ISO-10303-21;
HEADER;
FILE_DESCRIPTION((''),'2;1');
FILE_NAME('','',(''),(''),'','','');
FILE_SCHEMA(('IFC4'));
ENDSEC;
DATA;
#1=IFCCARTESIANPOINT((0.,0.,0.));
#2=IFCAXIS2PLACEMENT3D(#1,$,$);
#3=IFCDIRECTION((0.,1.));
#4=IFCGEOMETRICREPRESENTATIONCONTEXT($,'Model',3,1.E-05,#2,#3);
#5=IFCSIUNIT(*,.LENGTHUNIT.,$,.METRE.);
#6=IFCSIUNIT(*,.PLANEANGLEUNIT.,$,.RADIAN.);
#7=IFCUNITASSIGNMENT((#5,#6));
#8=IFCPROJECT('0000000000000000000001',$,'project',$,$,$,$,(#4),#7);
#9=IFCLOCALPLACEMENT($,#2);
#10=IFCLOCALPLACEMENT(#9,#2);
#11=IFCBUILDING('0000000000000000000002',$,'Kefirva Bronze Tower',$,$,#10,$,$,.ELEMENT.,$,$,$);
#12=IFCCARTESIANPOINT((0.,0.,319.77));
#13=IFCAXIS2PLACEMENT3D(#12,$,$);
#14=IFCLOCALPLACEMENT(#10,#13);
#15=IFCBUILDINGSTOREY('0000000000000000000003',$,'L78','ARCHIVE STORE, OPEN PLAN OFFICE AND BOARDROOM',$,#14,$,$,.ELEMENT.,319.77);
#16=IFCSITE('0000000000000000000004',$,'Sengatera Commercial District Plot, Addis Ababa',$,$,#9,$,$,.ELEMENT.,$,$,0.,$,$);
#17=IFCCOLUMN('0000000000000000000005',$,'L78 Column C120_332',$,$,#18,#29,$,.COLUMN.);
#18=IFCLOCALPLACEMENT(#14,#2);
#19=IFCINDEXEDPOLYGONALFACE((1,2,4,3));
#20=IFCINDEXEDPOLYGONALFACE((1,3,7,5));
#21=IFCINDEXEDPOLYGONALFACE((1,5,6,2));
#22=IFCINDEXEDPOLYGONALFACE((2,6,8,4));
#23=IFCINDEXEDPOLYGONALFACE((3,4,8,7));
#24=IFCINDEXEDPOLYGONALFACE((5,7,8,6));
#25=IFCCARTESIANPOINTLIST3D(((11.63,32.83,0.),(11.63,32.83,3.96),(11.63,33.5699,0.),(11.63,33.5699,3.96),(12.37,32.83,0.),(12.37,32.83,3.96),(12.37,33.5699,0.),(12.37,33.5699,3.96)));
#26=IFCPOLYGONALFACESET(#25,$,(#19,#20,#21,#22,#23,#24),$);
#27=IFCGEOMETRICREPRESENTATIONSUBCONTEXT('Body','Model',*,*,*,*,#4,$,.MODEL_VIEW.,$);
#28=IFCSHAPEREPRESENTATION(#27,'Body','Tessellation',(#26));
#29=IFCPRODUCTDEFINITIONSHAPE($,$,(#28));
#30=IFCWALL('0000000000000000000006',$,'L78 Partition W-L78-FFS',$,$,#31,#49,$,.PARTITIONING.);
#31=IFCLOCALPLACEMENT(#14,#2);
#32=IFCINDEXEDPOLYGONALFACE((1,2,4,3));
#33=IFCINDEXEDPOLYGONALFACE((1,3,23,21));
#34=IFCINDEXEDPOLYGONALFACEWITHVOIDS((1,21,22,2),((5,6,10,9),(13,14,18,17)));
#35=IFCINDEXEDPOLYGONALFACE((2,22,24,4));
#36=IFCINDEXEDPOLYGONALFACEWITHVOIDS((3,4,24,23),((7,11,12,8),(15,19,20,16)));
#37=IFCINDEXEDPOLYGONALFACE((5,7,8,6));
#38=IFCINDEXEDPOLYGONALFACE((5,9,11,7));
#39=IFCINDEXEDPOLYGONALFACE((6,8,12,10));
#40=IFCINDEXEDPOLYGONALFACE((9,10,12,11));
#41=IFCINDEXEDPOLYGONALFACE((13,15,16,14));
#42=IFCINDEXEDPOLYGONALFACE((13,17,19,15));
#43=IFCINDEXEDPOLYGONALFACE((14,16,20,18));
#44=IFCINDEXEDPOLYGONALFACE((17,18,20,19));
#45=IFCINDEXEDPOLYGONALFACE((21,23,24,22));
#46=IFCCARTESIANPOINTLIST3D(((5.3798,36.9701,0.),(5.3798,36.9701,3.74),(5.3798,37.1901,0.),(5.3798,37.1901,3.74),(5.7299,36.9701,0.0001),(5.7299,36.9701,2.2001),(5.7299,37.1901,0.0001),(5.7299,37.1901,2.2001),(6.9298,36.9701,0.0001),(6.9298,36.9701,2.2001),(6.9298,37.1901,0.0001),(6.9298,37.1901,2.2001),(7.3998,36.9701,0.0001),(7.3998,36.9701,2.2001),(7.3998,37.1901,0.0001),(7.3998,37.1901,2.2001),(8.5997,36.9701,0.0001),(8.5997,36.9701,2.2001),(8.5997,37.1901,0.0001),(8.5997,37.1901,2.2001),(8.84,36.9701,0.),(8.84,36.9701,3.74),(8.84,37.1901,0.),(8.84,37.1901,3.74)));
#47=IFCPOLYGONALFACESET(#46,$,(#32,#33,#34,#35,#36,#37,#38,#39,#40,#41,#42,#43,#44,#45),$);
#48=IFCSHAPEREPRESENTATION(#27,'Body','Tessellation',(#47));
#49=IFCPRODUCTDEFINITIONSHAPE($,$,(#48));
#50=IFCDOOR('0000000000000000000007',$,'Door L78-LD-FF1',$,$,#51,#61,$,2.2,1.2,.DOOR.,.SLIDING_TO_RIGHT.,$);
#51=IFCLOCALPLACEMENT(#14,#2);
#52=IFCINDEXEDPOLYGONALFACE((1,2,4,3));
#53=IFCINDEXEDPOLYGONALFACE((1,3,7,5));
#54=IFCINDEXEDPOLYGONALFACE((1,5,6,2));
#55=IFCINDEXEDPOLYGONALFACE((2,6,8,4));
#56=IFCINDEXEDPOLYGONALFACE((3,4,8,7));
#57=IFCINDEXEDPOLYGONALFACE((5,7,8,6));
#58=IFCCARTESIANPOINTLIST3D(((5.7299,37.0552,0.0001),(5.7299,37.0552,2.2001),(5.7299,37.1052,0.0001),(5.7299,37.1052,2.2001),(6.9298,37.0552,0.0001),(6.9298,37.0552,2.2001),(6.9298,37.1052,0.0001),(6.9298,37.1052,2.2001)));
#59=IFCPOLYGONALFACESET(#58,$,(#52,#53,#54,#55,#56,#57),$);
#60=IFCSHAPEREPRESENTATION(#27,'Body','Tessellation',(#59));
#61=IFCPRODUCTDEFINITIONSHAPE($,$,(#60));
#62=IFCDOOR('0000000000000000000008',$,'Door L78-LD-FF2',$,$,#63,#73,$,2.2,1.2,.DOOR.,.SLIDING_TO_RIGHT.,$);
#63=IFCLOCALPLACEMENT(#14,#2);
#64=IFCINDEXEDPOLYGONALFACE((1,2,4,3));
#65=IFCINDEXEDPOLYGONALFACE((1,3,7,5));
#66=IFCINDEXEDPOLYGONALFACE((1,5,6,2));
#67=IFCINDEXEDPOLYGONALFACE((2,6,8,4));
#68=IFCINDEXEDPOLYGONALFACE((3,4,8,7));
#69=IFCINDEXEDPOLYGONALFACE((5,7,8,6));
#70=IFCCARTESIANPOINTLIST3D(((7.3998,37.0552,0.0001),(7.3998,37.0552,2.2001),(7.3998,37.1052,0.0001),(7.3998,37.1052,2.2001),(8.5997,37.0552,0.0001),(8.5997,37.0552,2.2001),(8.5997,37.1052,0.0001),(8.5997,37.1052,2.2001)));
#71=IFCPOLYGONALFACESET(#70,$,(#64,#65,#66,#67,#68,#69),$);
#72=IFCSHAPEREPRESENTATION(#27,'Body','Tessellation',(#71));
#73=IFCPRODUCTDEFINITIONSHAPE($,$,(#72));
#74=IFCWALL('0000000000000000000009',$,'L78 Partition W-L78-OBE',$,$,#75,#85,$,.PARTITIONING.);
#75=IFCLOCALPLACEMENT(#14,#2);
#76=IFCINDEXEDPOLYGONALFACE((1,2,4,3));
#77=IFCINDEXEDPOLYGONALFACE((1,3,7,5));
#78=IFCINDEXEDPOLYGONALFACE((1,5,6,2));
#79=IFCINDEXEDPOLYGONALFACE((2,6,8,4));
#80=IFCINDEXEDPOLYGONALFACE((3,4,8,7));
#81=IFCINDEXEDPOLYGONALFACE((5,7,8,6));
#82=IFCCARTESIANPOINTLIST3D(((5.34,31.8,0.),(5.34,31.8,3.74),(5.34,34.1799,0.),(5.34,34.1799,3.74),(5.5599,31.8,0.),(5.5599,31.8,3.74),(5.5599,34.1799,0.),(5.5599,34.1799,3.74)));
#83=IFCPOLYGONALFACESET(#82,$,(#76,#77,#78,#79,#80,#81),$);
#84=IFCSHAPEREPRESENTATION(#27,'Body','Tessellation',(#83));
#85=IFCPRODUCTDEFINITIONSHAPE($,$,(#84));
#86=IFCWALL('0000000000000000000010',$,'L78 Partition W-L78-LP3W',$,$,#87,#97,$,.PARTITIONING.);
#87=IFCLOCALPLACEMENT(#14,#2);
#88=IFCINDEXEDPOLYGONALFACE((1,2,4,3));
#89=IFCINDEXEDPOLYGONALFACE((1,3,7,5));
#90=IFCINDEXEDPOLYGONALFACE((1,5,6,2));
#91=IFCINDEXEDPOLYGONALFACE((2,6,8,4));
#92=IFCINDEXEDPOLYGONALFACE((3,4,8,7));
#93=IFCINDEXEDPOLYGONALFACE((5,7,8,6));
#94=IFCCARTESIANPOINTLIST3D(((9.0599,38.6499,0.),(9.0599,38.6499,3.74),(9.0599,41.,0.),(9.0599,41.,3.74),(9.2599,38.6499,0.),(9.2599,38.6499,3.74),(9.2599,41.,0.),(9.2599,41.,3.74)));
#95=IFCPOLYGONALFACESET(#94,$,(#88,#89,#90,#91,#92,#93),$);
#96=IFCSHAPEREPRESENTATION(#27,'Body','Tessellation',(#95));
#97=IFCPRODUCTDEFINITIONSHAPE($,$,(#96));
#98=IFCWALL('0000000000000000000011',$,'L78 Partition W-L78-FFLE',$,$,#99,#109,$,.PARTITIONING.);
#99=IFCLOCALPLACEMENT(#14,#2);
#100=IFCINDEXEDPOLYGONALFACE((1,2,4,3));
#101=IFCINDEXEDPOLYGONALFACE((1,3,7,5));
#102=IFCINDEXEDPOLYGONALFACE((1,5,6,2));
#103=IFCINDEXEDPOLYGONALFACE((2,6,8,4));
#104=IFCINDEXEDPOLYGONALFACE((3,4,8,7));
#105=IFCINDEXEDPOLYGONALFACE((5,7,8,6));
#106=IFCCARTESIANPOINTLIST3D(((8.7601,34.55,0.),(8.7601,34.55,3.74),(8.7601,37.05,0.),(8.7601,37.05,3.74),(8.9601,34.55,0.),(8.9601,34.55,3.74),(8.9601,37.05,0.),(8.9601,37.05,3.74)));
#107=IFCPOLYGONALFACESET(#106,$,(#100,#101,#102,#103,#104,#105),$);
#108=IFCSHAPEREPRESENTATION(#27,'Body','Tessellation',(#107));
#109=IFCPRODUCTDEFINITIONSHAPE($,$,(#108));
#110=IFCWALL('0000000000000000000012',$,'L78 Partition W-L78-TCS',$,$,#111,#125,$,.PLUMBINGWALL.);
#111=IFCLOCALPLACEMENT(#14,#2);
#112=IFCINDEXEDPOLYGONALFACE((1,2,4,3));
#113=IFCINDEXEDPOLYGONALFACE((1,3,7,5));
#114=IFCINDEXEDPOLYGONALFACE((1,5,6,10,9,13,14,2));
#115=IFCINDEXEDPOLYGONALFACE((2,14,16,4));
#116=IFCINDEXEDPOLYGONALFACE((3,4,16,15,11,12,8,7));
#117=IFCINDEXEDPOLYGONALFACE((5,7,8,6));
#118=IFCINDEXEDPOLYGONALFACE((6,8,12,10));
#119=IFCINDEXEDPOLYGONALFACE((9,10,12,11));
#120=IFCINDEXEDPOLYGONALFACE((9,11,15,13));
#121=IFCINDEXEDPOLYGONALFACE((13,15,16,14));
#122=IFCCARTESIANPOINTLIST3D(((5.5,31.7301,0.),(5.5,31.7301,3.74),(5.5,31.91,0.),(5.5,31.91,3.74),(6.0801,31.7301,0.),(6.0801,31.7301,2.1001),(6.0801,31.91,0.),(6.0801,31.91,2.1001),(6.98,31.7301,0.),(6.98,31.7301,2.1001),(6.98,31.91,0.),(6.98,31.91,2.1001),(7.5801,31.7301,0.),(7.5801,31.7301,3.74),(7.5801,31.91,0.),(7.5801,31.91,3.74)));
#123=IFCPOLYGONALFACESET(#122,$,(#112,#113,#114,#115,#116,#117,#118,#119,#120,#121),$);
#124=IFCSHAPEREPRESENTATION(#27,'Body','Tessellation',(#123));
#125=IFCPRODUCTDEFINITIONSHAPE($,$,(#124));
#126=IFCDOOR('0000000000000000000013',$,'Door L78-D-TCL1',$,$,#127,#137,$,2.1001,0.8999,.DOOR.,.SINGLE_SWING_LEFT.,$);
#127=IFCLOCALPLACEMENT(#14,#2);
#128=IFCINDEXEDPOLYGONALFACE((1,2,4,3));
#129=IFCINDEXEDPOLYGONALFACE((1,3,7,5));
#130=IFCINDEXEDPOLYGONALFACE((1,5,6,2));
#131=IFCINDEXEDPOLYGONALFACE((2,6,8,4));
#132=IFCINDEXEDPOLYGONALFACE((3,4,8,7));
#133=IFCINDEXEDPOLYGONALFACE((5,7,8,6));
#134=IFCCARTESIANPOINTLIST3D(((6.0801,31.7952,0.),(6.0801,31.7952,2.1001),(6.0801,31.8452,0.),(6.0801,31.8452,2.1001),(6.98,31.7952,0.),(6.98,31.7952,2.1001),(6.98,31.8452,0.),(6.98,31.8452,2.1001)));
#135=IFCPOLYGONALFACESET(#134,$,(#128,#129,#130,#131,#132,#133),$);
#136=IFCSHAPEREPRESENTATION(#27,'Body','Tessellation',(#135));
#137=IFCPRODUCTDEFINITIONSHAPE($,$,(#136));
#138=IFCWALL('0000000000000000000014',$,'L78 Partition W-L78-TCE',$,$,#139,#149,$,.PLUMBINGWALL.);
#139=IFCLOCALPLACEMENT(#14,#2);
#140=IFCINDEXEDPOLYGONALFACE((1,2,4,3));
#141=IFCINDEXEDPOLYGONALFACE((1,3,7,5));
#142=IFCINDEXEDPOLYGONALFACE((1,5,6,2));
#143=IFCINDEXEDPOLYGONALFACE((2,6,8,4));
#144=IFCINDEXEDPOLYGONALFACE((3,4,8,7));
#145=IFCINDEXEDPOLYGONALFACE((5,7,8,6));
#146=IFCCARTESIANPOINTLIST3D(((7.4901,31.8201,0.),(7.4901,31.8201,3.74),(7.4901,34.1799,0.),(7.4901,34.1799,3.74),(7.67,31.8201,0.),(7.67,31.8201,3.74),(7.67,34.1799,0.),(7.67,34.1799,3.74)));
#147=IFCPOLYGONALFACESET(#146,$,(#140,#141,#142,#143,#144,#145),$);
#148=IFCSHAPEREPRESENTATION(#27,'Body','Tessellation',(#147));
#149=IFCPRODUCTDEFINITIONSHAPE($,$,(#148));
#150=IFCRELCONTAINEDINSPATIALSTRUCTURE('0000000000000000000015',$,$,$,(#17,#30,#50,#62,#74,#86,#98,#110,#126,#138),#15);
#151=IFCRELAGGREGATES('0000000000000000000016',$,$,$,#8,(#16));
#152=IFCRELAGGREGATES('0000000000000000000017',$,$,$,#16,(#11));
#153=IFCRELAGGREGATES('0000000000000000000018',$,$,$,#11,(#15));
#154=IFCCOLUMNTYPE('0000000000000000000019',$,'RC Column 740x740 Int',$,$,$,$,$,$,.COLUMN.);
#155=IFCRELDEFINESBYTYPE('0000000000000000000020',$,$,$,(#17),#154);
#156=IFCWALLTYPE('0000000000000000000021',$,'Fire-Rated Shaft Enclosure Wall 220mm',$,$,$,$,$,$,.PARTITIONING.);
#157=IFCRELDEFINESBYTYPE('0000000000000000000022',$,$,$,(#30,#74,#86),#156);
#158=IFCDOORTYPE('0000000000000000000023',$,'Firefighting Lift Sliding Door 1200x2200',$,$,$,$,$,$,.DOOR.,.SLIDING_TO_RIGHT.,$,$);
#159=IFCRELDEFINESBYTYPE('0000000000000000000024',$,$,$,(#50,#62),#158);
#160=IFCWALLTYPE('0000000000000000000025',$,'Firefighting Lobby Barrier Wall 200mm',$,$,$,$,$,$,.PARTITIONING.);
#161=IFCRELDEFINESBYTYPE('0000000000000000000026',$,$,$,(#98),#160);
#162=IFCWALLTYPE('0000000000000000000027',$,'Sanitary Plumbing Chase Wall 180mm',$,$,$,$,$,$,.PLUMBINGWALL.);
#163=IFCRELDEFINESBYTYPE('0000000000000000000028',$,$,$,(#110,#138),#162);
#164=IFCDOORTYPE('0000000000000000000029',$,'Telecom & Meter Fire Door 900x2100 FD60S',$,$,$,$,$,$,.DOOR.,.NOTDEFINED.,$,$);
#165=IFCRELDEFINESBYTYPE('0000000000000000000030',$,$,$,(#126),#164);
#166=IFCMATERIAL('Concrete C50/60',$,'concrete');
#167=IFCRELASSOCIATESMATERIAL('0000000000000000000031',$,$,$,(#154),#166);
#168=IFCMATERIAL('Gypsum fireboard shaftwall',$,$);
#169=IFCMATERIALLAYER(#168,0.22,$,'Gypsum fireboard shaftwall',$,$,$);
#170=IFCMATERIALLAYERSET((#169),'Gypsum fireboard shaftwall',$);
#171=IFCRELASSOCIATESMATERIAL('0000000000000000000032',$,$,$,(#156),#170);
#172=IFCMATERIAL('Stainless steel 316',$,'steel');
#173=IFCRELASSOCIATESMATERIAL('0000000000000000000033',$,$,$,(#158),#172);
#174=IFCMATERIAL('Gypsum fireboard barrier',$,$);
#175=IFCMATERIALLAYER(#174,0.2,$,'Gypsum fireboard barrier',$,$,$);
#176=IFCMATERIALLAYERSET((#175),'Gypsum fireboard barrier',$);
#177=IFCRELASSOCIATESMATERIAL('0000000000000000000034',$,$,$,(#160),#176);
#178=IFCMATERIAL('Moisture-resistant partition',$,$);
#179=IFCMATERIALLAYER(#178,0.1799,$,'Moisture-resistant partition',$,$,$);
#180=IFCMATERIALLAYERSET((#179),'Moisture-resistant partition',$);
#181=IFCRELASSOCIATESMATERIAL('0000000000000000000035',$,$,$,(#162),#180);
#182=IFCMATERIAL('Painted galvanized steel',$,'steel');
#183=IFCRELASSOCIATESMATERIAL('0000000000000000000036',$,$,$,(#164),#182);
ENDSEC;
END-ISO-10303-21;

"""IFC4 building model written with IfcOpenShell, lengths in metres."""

from ifc_helpers import new_model, si_unit, direction, frame, frame_2d, origin, origin_2d, place, context, subcontext, project, spatial, rectangle, extrude, material, layer, layer_set, material_profile, profile_set, type_object, element, fill, save


model = new_model("IFC4")

# Units and contexts
model_context = context("Model", 3, precision=1e-05, world=origin(), true_north=direction((0.0, 1.0)))
body_context = subcontext(model_context, "Body", "Model", "MODEL_VIEW")
ifc_project = project(units=[si_unit("LENGTHUNIT", "METRE"), si_unit("PLANEANGLEUNIT", "RADIAN")], contexts=[model_context])

# Site, building, storey
site_placement = place(None, origin())
site = spatial("IfcSite", under=ifc_project, at=site_placement, Name="Sengatera Commercial District Plot, Addis Ababa", CompositionType="ELEMENT", RefElevation=0.0)
building_placement = place(site_placement, origin())
building = spatial("IfcBuilding", under=site, at=building_placement, Name="Kefirva Bronze Tower", CompositionType="ELEMENT")
storey_placement = place(building_placement, frame((0.0, 0.0, 319.77)))
storey = spatial("IfcBuildingStorey", under=building, at=storey_placement, Name="L78", Description="ARCHIVE STORE, OPEN PLAN OFFICE AND BOARDROOM", CompositionType="ELEMENT", Elevation=319.77)

# Column
ifc_material_1 = material(Name="Concrete C50/60", Category="concrete")
ifc_material_profile = material_profile(ifc_material_1, rectangle(XDim=0.74, YDim=0.74, at=origin_2d()), Name="RC 740x740")
ifc_profile_set = profile_set([ifc_material_profile], Name="Concrete C50/60")
column_type = type_object("IfcColumnType", Name="RC Column 740x740 Int", PredefinedType="COLUMN", material=ifc_profile_set)
column_placement = place(storey_placement, frame((12.0, 33.2, 0.0), z_axis=(0.0, 0.0, 1.0), x_axis=(1.0, 0.0, 0.0)))
element("IfcColumn", 1, at=column_placement, inside=storey, type_object=column_type, Name="L78 Column C120_332", PredefinedType="COLUMN", context=body_context, shape_type="SweptSolid", body=[
    extrude(rectangle(XDim=0.74, YDim=0.74, at=origin_2d()), origin(), (0.0, 0.0, 1.0), 3.96),
])

# Wall, openings, doors
ifc_material_2 = material(Name="Gypsum fireboard shaftwall")
ifc_layer_1 = layer(ifc_material_2, 0.22, Name="Gypsum fireboard shaftwall")
ifc_layer_set_1 = layer_set([ifc_layer_1], Name="Gypsum fireboard shaftwall")
wall_type_1 = type_object("IfcWallType", Name="Fire-Rated Shaft Enclosure Wall 220mm", PredefinedType="PARTITIONING", material=ifc_layer_set_1)
wall_1_placement = place(storey_placement, frame((5.3799, 37.0801, 0.0), z_axis=(0.0, 0.0, 1.0), x_axis=(1.0, 0.0, 0.0)))
wall_1 = element("IfcWall", 2, at=wall_1_placement, inside=storey, type_object=wall_type_1, Name="L78 Partition W-L78-FFS", PredefinedType="PARTITIONING", context=body_context, shape_type="SweptSolid", body=[
    extrude(rectangle(XDim=3.4602, YDim=0.22, at=frame_2d((1.73, 0.0))), origin(), (0.0, 0.0, 1.0), 3.74),
])
opening_1_placement = place(wall_1_placement, frame((1.55, 0.0, 0.0), z_axis=(0.0, 0.0, 1.0), x_axis=(-1.0, 0.0, 0.0)))
opening_1 = element("IfcOpeningElement", 3, at=opening_1_placement, cuts=wall_1, PredefinedType="OPENING", context=body_context, shape_type="SweptSolid", body=[
    extrude(rectangle(XDim=1.2, YDim=2.2, at=frame_2d((0.6001, 1.1001))), frame((0.0, 0.1201, 0.0), z_axis=(0.0, -1.0, 0.0), x_axis=(1.0, 0.0, 0.0)), (0.0, 0.0, 1.0), 0.24),
])
opening_2_placement = place(wall_1_placement, frame((3.22, 0.0, 0.0), z_axis=(0.0, 0.0, 1.0), x_axis=(-1.0, 0.0, 0.0)))
opening_2 = element("IfcOpeningElement", 4, at=opening_2_placement, cuts=wall_1, PredefinedType="OPENING", context=body_context, shape_type="SweptSolid", body=[
    extrude(rectangle(XDim=1.2, YDim=2.2, at=frame_2d((0.6001, 1.1001))), frame((0.0, 0.1201, 0.0), z_axis=(0.0, -1.0, 0.0), x_axis=(1.0, 0.0, 0.0)), (0.0, 0.0, 1.0), 0.24),
])
ifc_material_3 = material(Name="Stainless steel 316", Category="steel")
door_type_1 = type_object("IfcDoorType", Name="Firefighting Lift Sliding Door 1200x2200", OperationType="SLIDING_TO_RIGHT", PredefinedType="DOOR", material=ifc_material_3)
door_1_placement = place(opening_1_placement, origin())
door_1 = element("IfcDoor", 5, at=door_1_placement, inside=storey, type_object=door_type_1, Name="Door L78-LD-FF1", OperationType="SLIDING_TO_RIGHT", OverallHeight=2.2, OverallWidth=1.2, PredefinedType="DOOR", context=body_context, shape_type="SweptSolid", body=[
    extrude(rectangle(XDim=1.2, YDim=2.2, at=frame_2d((0.6001, 1.1001))), frame((0.0, 0.0249, 0.0), z_axis=(0.0, -1.0, 0.0), x_axis=(1.0, 0.0, 0.0)), (0.0, 0.0, 1.0), 0.05),
])
fill(opening_1, door_1)
door_2_placement = place(opening_2_placement, origin())
door_2 = element("IfcDoor", 6, at=door_2_placement, inside=storey, type_object=door_type_1, Name="Door L78-LD-FF2", OperationType="SLIDING_TO_RIGHT", OverallHeight=2.2, OverallWidth=1.2, PredefinedType="DOOR", context=body_context, shape_type="SweptSolid", body=[
    extrude(rectangle(XDim=1.2, YDim=2.2, at=frame_2d((0.6001, 1.1001))), frame((0.0, 0.0249, 0.0), z_axis=(0.0, -1.0, 0.0), x_axis=(1.0, 0.0, 0.0)), (0.0, 0.0, 1.0), 0.05),
])
fill(opening_2, door_2)

# Walls
wall_2_placement = place(storey_placement, frame((5.45, 31.8, 0.0), z_axis=(0.0, 0.0, 1.0), x_axis=(0.0, 1.0, 0.0)))
element("IfcWall", 7, at=wall_2_placement, inside=storey, type_object=wall_type_1, Name="L78 Partition W-L78-OBE", PredefinedType="PARTITIONING", context=body_context, shape_type="SweptSolid", body=[
    extrude(rectangle(XDim=2.3799, YDim=0.22, at=frame_2d((1.1899, 0.0))), origin(), (0.0, 0.0, 1.0), 3.74),
])
wall_3_placement = place(storey_placement, frame((9.1599, 38.6499, 0.0), z_axis=(0.0, 0.0, 1.0), x_axis=(0.0, 1.0, 0.0)))
element("IfcWall", 8, at=wall_3_placement, inside=storey, type_object=wall_type_1, Name="L78 Partition W-L78-LP3W", PredefinedType="PARTITIONING", context=body_context, shape_type="SweptSolid", body=[
    extrude(rectangle(XDim=2.3501, YDim=0.2, at=frame_2d((1.175, 0.0))), origin(), (0.0, 0.0, 1.0), 3.74),
])
ifc_material_4 = material(Name="Gypsum fireboard barrier")
ifc_layer_2 = layer(ifc_material_4, 0.2, Name="Gypsum fireboard barrier")
ifc_layer_set_2 = layer_set([ifc_layer_2], Name="Gypsum fireboard barrier")
wall_type_2 = type_object("IfcWallType", Name="Firefighting Lobby Barrier Wall 200mm", PredefinedType="PARTITIONING", material=ifc_layer_set_2)
wall_4_placement = place(storey_placement, frame((8.8601, 34.55, 0.0), z_axis=(0.0, 0.0, 1.0), x_axis=(0.0, 1.0, 0.0)))
element("IfcWall", 9, at=wall_4_placement, inside=storey, type_object=wall_type_2, Name="L78 Partition W-L78-FFLE", PredefinedType="PARTITIONING", context=body_context, shape_type="SweptSolid", body=[
    extrude(rectangle(XDim=2.5, YDim=0.2, at=frame_2d((1.25, 0.0))), origin(), (0.0, 0.0, 1.0), 3.74),
])

# Shared definitions
ifc_material_5 = material(Name="Painted galvanized steel", Category="steel")

# Wall, opening, door
ifc_material_6 = material(Name="Moisture-resistant partition")
ifc_layer_3 = layer(ifc_material_6, 0.1799, Name="Moisture-resistant partition")
ifc_layer_set_3 = layer_set([ifc_layer_3], Name="Moisture-resistant partition")
wall_type_3 = type_object("IfcWallType", Name="Sanitary Plumbing Chase Wall 180mm", PredefinedType="PLUMBINGWALL", material=ifc_layer_set_3)
wall_5_placement = place(storey_placement, frame((5.5, 31.8201, 0.0), z_axis=(0.0, 0.0, 1.0), x_axis=(1.0, 0.0, 0.0)))
wall_5 = element("IfcWall", 10, at=wall_5_placement, inside=storey, type_object=wall_type_3, Name="L78 Partition W-L78-TCS", PredefinedType="PLUMBINGWALL", context=body_context, shape_type="SweptSolid", body=[
    extrude(rectangle(XDim=2.0801, YDim=0.1799, at=frame_2d((1.04, 0.0))), origin(), (0.0, 0.0, 1.0), 3.74),
])
opening_3_placement = place(wall_5_placement, frame((1.48, 0.0, 0.0), z_axis=(0.0, 0.0, 1.0), x_axis=(-1.0, 0.0, 0.0)))
opening_3 = element("IfcOpeningElement", 11, at=opening_3_placement, cuts=wall_5, PredefinedType="OPENING", context=body_context, shape_type="SweptSolid", body=[
    extrude(rectangle(XDim=0.8999, YDim=2.1001, at=frame_2d((0.45, 1.05))), frame((0.0, 0.1001, 0.0), z_axis=(0.0, -1.0, 0.0), x_axis=(1.0, 0.0, 0.0)), (0.0, 0.0, 1.0), 0.2),
])
door_type_2 = type_object("IfcDoorType", Name="Telecom & Meter Fire Door 900x2100 FD60S", OperationType="NOTDEFINED", PredefinedType="DOOR", material=ifc_material_5)
door_3_placement = place(opening_3_placement, origin())
door_3 = element("IfcDoor", 12, at=door_3_placement, inside=storey, type_object=door_type_2, Name="Door L78-D-TCL1", OperationType="SINGLE_SWING_LEFT", OverallHeight=2.1001, OverallWidth=0.8999, PredefinedType="DOOR", context=body_context, shape_type="SweptSolid", body=[
    extrude(rectangle(XDim=0.8999, YDim=2.1001, at=frame_2d((0.45, 1.05))), frame((0.0, 0.0249, 0.0), z_axis=(0.0, -1.0, 0.0), x_axis=(1.0, 0.0, 0.0)), (0.0, 0.0, 1.0), 0.05),
])
fill(opening_3, door_3)

# Wall
wall_6_placement = place(storey_placement, frame((7.5801, 31.8201, 0.0), z_axis=(0.0, 0.0, 1.0), x_axis=(0.0, 1.0, 0.0)))
element("IfcWall", 13, at=wall_6_placement, inside=storey, type_object=wall_type_3, Name="L78 Partition W-L78-TCE", PredefinedType="PLUMBINGWALL", context=body_context, shape_type="SweptSolid", body=[
    extrude(rectangle(XDim=2.3599, YDim=0.1799, at=frame_2d((1.1799, 0.0))), origin(), (0.0, 0.0, 1.0), 3.74),
])

save(model, "model.ifc")
